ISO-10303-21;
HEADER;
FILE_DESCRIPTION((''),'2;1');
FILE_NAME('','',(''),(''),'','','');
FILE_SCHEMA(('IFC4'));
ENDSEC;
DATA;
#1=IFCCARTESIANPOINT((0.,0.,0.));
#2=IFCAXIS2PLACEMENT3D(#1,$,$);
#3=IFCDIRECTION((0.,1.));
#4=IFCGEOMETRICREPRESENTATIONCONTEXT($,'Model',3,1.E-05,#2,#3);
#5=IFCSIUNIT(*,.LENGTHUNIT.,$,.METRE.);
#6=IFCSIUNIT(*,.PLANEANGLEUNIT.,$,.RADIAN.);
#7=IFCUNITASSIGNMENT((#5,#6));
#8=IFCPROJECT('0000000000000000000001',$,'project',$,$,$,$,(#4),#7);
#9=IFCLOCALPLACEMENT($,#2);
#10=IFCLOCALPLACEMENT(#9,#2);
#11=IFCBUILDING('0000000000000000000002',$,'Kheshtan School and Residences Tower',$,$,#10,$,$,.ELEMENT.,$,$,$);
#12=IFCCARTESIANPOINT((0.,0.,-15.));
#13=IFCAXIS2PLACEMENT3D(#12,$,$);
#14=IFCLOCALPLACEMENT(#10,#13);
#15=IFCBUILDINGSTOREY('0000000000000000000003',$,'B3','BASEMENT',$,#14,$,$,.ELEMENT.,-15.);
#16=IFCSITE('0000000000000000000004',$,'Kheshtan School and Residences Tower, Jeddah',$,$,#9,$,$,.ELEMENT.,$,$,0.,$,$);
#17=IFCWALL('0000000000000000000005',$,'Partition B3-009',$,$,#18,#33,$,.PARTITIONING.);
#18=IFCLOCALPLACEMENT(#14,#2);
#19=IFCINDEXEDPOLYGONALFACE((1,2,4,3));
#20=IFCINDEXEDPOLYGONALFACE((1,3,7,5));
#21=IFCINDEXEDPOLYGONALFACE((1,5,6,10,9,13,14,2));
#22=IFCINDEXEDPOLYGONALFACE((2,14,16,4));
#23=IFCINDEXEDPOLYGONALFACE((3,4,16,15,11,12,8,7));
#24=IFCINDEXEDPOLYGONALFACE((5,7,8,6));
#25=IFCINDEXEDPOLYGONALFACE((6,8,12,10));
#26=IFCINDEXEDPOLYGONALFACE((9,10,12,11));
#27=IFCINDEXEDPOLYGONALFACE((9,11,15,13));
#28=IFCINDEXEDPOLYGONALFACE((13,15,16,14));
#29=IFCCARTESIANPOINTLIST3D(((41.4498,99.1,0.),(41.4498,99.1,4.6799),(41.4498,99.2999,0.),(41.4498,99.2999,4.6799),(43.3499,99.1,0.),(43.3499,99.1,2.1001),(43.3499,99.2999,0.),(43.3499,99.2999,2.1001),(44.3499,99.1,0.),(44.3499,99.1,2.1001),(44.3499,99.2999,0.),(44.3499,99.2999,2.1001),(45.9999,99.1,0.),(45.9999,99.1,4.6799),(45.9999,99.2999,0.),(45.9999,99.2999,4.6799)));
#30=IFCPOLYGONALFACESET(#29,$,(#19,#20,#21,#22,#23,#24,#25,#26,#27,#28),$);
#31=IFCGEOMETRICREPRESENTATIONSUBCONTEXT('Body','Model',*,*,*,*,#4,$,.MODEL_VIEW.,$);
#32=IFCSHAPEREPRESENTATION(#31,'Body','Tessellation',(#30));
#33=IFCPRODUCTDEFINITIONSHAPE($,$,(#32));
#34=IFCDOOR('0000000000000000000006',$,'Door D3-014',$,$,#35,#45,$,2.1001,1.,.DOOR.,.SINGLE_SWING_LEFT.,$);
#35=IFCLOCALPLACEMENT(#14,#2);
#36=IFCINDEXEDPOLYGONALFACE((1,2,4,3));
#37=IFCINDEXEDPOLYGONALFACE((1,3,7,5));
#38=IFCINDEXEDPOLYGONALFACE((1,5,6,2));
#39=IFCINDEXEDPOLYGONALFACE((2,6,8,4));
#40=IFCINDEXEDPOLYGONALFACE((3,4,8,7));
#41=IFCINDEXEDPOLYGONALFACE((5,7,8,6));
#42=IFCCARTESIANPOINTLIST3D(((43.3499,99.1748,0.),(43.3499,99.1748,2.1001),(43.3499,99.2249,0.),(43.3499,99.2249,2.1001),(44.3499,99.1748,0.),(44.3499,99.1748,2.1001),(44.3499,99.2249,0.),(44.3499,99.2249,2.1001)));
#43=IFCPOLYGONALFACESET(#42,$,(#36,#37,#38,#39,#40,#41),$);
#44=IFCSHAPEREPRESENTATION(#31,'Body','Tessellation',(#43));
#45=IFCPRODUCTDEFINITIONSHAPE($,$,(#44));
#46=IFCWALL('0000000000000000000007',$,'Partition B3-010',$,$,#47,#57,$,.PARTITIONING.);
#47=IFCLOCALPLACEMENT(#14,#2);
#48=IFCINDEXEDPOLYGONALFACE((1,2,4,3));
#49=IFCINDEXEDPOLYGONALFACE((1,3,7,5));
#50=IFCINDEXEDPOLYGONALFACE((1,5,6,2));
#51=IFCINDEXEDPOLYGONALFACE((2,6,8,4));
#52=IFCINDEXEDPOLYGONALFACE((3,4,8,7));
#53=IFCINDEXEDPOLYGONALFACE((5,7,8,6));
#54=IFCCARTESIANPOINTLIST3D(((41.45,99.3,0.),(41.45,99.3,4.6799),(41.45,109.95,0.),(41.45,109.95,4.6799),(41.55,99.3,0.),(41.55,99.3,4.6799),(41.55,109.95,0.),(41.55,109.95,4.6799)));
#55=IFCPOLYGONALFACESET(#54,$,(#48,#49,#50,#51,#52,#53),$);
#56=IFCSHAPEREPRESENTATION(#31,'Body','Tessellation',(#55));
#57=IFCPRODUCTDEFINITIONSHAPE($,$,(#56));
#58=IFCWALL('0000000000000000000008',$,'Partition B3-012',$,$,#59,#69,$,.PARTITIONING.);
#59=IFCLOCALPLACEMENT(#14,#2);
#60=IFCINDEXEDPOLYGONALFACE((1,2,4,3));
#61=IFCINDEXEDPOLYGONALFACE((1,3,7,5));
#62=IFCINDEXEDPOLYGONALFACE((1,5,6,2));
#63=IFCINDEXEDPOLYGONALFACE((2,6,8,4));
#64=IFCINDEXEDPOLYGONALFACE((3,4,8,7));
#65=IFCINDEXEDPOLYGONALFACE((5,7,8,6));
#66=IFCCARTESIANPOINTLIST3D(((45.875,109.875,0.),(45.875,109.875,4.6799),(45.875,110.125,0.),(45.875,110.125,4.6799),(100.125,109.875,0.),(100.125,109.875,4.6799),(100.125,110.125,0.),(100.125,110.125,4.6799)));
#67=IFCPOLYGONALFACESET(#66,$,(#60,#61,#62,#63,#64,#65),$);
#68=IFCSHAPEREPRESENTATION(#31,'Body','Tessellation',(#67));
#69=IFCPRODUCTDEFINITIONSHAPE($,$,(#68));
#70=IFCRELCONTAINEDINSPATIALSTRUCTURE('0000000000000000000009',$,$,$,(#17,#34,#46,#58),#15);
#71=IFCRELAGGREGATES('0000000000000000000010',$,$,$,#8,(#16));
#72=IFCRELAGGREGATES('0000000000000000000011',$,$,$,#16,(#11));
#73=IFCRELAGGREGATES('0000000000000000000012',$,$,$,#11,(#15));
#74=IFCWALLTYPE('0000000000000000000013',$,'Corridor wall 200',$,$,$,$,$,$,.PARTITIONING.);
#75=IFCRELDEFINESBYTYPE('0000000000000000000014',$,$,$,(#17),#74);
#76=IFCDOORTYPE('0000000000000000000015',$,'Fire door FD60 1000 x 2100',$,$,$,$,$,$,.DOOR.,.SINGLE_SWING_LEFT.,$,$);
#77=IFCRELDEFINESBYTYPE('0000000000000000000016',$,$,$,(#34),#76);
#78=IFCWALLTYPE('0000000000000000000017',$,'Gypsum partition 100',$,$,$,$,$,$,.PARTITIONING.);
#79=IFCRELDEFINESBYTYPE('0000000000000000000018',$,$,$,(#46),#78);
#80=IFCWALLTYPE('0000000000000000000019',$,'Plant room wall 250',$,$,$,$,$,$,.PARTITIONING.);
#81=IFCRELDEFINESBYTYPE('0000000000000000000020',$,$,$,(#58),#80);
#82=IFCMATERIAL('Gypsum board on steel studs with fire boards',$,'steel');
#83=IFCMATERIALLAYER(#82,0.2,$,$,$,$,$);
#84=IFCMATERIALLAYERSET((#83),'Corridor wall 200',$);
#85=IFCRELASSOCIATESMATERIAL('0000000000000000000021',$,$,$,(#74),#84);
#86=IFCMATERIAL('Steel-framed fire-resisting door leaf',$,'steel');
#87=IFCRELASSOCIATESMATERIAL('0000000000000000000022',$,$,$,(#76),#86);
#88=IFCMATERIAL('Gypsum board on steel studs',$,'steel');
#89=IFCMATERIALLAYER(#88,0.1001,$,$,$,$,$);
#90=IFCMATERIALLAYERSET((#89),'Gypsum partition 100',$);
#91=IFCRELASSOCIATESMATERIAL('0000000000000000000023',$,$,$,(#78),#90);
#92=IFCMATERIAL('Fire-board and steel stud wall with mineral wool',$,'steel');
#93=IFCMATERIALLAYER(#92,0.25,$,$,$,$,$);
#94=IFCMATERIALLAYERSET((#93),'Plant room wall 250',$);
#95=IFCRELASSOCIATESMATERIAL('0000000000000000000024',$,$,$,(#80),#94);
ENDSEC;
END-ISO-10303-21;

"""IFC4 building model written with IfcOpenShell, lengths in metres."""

from ifc_helpers import new_model, si_unit, direction, frame, frame_2d, origin, place, context, subcontext, project, spatial, rectangle, extrude, source, transform, mapped, material, layer, layer_set, type_object, element, fill, save


model = new_model("IFC4")

# Units and contexts
model_context = context("Model", 3, precision=1e-05, world=origin(), true_north=direction((0.0, 1.0)))
body_context = subcontext(model_context, "Body", "Model", "MODEL_VIEW")
ifc_project = project(units=[si_unit("LENGTHUNIT", "METRE"), si_unit("PLANEANGLEUNIT", "RADIAN")], contexts=[model_context])

# Site, building, storey
site_placement = place(None, origin())
site = spatial("IfcSite", under=ifc_project, at=site_placement, Name="Kheshtan School and Residences Tower, Jeddah", CompositionType="ELEMENT", RefElevation=0.0)
building_placement = place(site_placement, origin())
building = spatial("IfcBuilding", under=site, at=building_placement, Name="Kheshtan School and Residences Tower", CompositionType="ELEMENT")
storey_placement = place(building_placement, frame((0.0, 0.0, -15.0)))
storey = spatial("IfcBuildingStorey", under=building, at=storey_placement, Name="B3", Description="BASEMENT", CompositionType="ELEMENT", Elevation=-15.0)

# Shared definitions
ifc_material_1 = material(Name="Gypsum board on steel studs with fire boards", Category="steel")
ifc_layer_1 = layer(ifc_material_1, 0.2)
ifc_layer_set_1 = layer_set([ifc_layer_1], Name="Corridor wall 200")
wall_type_1 = type_object("IfcWallType", Name="Corridor wall 200", PredefinedType="PARTITIONING", material=ifc_layer_set_1)

# Wall, opening, door
wall_1_placement = place(storey_placement, frame((41.45, 99.2, 0.0), z_axis=(0.0, 0.0, 1.0), x_axis=(1.0, 0.0, 0.0)))
wall_1 = element("IfcWall", 1, at=wall_1_placement, inside=storey, type_object=wall_type_1, Name="Partition B3-009", PredefinedType="PARTITIONING", context=body_context, shape_type="SweptSolid", body=[
    extrude(rectangle(XDim=4.55, YDim=0.2, at=frame_2d((2.2749, 0.0))), origin(), (0.0, 0.0, 1.0), 4.6799),
])
opening_1_placement = place(wall_1_placement, frame((1.8999, 0.0, 0.0)))
opening_1 = element("IfcOpeningElement", 2, at=opening_1_placement, cuts=wall_1, PredefinedType="OPENING", context=body_context, shape_type="SweptSolid", body=[
    extrude(rectangle(XDim=1.0, YDim=2.1001, at=frame_2d((0.5, 1.05))), frame((0.0, 0.1099, 0.0), z_axis=(0.0, -1.0, 0.0), x_axis=(1.0, 0.0, 0.0)), (0.0, 0.0, 1.0), 0.22),
])
ifc_material_2 = material(Name="Steel-framed fire-resisting door leaf", Category="steel")
door_type_1 = type_object("IfcDoorType", Name="Fire door FD60 1000 x 2100", OperationType="SINGLE_SWING_LEFT", PredefinedType="DOOR", material=ifc_material_2)
shared_shape_1 = source(origin(), body_context, "Body", "SweptSolid", [
    extrude(rectangle(XDim=1.0, YDim=2.1001, at=frame_2d((0.5, 1.05))), frame((0.0, 0.0249, 0.0), z_axis=(0.0, -1.0, 0.0), x_axis=(1.0, 0.0, 0.0)), (0.0, 0.0, 1.0), 0.05),
])
door_1_placement = place(opening_1_placement, origin())
door_1 = element("IfcDoor", 3, at=door_1_placement, inside=storey, type_object=door_type_1, Name="Door D3-014", OperationType="SINGLE_SWING_LEFT", OverallHeight=2.1001, OverallWidth=1.0, PredefinedType="DOOR", context=body_context, shape_type="MappedRepresentation", body=[
    mapped(shared_shape_1, transform((0.0, 0.0, 0.0), x_axis=(1.0, 0.0, 0.0), y_axis=(0.0, 1.0, 0.0), z_axis=(0.0, 0.0, 1.0), scale=1.0)),
])
fill(opening_1, door_1)

# Walls
ifc_material_3 = material(Name="Gypsum board on steel studs", Category="steel")
ifc_layer_2 = layer(ifc_material_3, 0.1001)
ifc_layer_set_2 = layer_set([ifc_layer_2], Name="Gypsum partition 100")
wall_type_2 = type_object("IfcWallType", Name="Gypsum partition 100", PredefinedType="PARTITIONING", material=ifc_layer_set_2)
wall_2_placement = place(storey_placement, frame((41.5, 99.3, 0.0), z_axis=(0.0, 0.0, 1.0), x_axis=(0.0, 1.0, 0.0)))
element("IfcWall", 4, at=wall_2_placement, inside=storey, type_object=wall_type_2, Name="Partition B3-010", PredefinedType="PARTITIONING", context=body_context, shape_type="SweptSolid", body=[
    extrude(rectangle(XDim=10.6499, YDim=0.1001, at=frame_2d((5.325, 0.0))), origin(), (0.0, 0.0, 1.0), 4.6799),
])
ifc_material_4 = material(Name="Fire-board and steel stud wall with mineral wool", Category="steel")
ifc_layer_3 = layer(ifc_material_4, 0.25)
ifc_layer_set_3 = layer_set([ifc_layer_3], Name="Plant room wall 250")
wall_type_3 = type_object("IfcWallType", Name="Plant room wall 250", PredefinedType="PARTITIONING", material=ifc_layer_set_3)
wall_3_placement = place(storey_placement, frame((45.875, 110.0, 0.0), z_axis=(0.0, 0.0, 1.0), x_axis=(1.0, 0.0, 0.0)))
element("IfcWall", 5, at=wall_3_placement, inside=storey, type_object=wall_type_3, Name="Partition B3-012", PredefinedType="PARTITIONING", context=body_context, shape_type="SweptSolid", body=[
    extrude(rectangle(XDim=54.25, YDim=0.25, at=frame_2d((27.125, 0.0))), origin(), (0.0, 0.0, 1.0), 4.6799),
])

save(model, "model.ifc")
